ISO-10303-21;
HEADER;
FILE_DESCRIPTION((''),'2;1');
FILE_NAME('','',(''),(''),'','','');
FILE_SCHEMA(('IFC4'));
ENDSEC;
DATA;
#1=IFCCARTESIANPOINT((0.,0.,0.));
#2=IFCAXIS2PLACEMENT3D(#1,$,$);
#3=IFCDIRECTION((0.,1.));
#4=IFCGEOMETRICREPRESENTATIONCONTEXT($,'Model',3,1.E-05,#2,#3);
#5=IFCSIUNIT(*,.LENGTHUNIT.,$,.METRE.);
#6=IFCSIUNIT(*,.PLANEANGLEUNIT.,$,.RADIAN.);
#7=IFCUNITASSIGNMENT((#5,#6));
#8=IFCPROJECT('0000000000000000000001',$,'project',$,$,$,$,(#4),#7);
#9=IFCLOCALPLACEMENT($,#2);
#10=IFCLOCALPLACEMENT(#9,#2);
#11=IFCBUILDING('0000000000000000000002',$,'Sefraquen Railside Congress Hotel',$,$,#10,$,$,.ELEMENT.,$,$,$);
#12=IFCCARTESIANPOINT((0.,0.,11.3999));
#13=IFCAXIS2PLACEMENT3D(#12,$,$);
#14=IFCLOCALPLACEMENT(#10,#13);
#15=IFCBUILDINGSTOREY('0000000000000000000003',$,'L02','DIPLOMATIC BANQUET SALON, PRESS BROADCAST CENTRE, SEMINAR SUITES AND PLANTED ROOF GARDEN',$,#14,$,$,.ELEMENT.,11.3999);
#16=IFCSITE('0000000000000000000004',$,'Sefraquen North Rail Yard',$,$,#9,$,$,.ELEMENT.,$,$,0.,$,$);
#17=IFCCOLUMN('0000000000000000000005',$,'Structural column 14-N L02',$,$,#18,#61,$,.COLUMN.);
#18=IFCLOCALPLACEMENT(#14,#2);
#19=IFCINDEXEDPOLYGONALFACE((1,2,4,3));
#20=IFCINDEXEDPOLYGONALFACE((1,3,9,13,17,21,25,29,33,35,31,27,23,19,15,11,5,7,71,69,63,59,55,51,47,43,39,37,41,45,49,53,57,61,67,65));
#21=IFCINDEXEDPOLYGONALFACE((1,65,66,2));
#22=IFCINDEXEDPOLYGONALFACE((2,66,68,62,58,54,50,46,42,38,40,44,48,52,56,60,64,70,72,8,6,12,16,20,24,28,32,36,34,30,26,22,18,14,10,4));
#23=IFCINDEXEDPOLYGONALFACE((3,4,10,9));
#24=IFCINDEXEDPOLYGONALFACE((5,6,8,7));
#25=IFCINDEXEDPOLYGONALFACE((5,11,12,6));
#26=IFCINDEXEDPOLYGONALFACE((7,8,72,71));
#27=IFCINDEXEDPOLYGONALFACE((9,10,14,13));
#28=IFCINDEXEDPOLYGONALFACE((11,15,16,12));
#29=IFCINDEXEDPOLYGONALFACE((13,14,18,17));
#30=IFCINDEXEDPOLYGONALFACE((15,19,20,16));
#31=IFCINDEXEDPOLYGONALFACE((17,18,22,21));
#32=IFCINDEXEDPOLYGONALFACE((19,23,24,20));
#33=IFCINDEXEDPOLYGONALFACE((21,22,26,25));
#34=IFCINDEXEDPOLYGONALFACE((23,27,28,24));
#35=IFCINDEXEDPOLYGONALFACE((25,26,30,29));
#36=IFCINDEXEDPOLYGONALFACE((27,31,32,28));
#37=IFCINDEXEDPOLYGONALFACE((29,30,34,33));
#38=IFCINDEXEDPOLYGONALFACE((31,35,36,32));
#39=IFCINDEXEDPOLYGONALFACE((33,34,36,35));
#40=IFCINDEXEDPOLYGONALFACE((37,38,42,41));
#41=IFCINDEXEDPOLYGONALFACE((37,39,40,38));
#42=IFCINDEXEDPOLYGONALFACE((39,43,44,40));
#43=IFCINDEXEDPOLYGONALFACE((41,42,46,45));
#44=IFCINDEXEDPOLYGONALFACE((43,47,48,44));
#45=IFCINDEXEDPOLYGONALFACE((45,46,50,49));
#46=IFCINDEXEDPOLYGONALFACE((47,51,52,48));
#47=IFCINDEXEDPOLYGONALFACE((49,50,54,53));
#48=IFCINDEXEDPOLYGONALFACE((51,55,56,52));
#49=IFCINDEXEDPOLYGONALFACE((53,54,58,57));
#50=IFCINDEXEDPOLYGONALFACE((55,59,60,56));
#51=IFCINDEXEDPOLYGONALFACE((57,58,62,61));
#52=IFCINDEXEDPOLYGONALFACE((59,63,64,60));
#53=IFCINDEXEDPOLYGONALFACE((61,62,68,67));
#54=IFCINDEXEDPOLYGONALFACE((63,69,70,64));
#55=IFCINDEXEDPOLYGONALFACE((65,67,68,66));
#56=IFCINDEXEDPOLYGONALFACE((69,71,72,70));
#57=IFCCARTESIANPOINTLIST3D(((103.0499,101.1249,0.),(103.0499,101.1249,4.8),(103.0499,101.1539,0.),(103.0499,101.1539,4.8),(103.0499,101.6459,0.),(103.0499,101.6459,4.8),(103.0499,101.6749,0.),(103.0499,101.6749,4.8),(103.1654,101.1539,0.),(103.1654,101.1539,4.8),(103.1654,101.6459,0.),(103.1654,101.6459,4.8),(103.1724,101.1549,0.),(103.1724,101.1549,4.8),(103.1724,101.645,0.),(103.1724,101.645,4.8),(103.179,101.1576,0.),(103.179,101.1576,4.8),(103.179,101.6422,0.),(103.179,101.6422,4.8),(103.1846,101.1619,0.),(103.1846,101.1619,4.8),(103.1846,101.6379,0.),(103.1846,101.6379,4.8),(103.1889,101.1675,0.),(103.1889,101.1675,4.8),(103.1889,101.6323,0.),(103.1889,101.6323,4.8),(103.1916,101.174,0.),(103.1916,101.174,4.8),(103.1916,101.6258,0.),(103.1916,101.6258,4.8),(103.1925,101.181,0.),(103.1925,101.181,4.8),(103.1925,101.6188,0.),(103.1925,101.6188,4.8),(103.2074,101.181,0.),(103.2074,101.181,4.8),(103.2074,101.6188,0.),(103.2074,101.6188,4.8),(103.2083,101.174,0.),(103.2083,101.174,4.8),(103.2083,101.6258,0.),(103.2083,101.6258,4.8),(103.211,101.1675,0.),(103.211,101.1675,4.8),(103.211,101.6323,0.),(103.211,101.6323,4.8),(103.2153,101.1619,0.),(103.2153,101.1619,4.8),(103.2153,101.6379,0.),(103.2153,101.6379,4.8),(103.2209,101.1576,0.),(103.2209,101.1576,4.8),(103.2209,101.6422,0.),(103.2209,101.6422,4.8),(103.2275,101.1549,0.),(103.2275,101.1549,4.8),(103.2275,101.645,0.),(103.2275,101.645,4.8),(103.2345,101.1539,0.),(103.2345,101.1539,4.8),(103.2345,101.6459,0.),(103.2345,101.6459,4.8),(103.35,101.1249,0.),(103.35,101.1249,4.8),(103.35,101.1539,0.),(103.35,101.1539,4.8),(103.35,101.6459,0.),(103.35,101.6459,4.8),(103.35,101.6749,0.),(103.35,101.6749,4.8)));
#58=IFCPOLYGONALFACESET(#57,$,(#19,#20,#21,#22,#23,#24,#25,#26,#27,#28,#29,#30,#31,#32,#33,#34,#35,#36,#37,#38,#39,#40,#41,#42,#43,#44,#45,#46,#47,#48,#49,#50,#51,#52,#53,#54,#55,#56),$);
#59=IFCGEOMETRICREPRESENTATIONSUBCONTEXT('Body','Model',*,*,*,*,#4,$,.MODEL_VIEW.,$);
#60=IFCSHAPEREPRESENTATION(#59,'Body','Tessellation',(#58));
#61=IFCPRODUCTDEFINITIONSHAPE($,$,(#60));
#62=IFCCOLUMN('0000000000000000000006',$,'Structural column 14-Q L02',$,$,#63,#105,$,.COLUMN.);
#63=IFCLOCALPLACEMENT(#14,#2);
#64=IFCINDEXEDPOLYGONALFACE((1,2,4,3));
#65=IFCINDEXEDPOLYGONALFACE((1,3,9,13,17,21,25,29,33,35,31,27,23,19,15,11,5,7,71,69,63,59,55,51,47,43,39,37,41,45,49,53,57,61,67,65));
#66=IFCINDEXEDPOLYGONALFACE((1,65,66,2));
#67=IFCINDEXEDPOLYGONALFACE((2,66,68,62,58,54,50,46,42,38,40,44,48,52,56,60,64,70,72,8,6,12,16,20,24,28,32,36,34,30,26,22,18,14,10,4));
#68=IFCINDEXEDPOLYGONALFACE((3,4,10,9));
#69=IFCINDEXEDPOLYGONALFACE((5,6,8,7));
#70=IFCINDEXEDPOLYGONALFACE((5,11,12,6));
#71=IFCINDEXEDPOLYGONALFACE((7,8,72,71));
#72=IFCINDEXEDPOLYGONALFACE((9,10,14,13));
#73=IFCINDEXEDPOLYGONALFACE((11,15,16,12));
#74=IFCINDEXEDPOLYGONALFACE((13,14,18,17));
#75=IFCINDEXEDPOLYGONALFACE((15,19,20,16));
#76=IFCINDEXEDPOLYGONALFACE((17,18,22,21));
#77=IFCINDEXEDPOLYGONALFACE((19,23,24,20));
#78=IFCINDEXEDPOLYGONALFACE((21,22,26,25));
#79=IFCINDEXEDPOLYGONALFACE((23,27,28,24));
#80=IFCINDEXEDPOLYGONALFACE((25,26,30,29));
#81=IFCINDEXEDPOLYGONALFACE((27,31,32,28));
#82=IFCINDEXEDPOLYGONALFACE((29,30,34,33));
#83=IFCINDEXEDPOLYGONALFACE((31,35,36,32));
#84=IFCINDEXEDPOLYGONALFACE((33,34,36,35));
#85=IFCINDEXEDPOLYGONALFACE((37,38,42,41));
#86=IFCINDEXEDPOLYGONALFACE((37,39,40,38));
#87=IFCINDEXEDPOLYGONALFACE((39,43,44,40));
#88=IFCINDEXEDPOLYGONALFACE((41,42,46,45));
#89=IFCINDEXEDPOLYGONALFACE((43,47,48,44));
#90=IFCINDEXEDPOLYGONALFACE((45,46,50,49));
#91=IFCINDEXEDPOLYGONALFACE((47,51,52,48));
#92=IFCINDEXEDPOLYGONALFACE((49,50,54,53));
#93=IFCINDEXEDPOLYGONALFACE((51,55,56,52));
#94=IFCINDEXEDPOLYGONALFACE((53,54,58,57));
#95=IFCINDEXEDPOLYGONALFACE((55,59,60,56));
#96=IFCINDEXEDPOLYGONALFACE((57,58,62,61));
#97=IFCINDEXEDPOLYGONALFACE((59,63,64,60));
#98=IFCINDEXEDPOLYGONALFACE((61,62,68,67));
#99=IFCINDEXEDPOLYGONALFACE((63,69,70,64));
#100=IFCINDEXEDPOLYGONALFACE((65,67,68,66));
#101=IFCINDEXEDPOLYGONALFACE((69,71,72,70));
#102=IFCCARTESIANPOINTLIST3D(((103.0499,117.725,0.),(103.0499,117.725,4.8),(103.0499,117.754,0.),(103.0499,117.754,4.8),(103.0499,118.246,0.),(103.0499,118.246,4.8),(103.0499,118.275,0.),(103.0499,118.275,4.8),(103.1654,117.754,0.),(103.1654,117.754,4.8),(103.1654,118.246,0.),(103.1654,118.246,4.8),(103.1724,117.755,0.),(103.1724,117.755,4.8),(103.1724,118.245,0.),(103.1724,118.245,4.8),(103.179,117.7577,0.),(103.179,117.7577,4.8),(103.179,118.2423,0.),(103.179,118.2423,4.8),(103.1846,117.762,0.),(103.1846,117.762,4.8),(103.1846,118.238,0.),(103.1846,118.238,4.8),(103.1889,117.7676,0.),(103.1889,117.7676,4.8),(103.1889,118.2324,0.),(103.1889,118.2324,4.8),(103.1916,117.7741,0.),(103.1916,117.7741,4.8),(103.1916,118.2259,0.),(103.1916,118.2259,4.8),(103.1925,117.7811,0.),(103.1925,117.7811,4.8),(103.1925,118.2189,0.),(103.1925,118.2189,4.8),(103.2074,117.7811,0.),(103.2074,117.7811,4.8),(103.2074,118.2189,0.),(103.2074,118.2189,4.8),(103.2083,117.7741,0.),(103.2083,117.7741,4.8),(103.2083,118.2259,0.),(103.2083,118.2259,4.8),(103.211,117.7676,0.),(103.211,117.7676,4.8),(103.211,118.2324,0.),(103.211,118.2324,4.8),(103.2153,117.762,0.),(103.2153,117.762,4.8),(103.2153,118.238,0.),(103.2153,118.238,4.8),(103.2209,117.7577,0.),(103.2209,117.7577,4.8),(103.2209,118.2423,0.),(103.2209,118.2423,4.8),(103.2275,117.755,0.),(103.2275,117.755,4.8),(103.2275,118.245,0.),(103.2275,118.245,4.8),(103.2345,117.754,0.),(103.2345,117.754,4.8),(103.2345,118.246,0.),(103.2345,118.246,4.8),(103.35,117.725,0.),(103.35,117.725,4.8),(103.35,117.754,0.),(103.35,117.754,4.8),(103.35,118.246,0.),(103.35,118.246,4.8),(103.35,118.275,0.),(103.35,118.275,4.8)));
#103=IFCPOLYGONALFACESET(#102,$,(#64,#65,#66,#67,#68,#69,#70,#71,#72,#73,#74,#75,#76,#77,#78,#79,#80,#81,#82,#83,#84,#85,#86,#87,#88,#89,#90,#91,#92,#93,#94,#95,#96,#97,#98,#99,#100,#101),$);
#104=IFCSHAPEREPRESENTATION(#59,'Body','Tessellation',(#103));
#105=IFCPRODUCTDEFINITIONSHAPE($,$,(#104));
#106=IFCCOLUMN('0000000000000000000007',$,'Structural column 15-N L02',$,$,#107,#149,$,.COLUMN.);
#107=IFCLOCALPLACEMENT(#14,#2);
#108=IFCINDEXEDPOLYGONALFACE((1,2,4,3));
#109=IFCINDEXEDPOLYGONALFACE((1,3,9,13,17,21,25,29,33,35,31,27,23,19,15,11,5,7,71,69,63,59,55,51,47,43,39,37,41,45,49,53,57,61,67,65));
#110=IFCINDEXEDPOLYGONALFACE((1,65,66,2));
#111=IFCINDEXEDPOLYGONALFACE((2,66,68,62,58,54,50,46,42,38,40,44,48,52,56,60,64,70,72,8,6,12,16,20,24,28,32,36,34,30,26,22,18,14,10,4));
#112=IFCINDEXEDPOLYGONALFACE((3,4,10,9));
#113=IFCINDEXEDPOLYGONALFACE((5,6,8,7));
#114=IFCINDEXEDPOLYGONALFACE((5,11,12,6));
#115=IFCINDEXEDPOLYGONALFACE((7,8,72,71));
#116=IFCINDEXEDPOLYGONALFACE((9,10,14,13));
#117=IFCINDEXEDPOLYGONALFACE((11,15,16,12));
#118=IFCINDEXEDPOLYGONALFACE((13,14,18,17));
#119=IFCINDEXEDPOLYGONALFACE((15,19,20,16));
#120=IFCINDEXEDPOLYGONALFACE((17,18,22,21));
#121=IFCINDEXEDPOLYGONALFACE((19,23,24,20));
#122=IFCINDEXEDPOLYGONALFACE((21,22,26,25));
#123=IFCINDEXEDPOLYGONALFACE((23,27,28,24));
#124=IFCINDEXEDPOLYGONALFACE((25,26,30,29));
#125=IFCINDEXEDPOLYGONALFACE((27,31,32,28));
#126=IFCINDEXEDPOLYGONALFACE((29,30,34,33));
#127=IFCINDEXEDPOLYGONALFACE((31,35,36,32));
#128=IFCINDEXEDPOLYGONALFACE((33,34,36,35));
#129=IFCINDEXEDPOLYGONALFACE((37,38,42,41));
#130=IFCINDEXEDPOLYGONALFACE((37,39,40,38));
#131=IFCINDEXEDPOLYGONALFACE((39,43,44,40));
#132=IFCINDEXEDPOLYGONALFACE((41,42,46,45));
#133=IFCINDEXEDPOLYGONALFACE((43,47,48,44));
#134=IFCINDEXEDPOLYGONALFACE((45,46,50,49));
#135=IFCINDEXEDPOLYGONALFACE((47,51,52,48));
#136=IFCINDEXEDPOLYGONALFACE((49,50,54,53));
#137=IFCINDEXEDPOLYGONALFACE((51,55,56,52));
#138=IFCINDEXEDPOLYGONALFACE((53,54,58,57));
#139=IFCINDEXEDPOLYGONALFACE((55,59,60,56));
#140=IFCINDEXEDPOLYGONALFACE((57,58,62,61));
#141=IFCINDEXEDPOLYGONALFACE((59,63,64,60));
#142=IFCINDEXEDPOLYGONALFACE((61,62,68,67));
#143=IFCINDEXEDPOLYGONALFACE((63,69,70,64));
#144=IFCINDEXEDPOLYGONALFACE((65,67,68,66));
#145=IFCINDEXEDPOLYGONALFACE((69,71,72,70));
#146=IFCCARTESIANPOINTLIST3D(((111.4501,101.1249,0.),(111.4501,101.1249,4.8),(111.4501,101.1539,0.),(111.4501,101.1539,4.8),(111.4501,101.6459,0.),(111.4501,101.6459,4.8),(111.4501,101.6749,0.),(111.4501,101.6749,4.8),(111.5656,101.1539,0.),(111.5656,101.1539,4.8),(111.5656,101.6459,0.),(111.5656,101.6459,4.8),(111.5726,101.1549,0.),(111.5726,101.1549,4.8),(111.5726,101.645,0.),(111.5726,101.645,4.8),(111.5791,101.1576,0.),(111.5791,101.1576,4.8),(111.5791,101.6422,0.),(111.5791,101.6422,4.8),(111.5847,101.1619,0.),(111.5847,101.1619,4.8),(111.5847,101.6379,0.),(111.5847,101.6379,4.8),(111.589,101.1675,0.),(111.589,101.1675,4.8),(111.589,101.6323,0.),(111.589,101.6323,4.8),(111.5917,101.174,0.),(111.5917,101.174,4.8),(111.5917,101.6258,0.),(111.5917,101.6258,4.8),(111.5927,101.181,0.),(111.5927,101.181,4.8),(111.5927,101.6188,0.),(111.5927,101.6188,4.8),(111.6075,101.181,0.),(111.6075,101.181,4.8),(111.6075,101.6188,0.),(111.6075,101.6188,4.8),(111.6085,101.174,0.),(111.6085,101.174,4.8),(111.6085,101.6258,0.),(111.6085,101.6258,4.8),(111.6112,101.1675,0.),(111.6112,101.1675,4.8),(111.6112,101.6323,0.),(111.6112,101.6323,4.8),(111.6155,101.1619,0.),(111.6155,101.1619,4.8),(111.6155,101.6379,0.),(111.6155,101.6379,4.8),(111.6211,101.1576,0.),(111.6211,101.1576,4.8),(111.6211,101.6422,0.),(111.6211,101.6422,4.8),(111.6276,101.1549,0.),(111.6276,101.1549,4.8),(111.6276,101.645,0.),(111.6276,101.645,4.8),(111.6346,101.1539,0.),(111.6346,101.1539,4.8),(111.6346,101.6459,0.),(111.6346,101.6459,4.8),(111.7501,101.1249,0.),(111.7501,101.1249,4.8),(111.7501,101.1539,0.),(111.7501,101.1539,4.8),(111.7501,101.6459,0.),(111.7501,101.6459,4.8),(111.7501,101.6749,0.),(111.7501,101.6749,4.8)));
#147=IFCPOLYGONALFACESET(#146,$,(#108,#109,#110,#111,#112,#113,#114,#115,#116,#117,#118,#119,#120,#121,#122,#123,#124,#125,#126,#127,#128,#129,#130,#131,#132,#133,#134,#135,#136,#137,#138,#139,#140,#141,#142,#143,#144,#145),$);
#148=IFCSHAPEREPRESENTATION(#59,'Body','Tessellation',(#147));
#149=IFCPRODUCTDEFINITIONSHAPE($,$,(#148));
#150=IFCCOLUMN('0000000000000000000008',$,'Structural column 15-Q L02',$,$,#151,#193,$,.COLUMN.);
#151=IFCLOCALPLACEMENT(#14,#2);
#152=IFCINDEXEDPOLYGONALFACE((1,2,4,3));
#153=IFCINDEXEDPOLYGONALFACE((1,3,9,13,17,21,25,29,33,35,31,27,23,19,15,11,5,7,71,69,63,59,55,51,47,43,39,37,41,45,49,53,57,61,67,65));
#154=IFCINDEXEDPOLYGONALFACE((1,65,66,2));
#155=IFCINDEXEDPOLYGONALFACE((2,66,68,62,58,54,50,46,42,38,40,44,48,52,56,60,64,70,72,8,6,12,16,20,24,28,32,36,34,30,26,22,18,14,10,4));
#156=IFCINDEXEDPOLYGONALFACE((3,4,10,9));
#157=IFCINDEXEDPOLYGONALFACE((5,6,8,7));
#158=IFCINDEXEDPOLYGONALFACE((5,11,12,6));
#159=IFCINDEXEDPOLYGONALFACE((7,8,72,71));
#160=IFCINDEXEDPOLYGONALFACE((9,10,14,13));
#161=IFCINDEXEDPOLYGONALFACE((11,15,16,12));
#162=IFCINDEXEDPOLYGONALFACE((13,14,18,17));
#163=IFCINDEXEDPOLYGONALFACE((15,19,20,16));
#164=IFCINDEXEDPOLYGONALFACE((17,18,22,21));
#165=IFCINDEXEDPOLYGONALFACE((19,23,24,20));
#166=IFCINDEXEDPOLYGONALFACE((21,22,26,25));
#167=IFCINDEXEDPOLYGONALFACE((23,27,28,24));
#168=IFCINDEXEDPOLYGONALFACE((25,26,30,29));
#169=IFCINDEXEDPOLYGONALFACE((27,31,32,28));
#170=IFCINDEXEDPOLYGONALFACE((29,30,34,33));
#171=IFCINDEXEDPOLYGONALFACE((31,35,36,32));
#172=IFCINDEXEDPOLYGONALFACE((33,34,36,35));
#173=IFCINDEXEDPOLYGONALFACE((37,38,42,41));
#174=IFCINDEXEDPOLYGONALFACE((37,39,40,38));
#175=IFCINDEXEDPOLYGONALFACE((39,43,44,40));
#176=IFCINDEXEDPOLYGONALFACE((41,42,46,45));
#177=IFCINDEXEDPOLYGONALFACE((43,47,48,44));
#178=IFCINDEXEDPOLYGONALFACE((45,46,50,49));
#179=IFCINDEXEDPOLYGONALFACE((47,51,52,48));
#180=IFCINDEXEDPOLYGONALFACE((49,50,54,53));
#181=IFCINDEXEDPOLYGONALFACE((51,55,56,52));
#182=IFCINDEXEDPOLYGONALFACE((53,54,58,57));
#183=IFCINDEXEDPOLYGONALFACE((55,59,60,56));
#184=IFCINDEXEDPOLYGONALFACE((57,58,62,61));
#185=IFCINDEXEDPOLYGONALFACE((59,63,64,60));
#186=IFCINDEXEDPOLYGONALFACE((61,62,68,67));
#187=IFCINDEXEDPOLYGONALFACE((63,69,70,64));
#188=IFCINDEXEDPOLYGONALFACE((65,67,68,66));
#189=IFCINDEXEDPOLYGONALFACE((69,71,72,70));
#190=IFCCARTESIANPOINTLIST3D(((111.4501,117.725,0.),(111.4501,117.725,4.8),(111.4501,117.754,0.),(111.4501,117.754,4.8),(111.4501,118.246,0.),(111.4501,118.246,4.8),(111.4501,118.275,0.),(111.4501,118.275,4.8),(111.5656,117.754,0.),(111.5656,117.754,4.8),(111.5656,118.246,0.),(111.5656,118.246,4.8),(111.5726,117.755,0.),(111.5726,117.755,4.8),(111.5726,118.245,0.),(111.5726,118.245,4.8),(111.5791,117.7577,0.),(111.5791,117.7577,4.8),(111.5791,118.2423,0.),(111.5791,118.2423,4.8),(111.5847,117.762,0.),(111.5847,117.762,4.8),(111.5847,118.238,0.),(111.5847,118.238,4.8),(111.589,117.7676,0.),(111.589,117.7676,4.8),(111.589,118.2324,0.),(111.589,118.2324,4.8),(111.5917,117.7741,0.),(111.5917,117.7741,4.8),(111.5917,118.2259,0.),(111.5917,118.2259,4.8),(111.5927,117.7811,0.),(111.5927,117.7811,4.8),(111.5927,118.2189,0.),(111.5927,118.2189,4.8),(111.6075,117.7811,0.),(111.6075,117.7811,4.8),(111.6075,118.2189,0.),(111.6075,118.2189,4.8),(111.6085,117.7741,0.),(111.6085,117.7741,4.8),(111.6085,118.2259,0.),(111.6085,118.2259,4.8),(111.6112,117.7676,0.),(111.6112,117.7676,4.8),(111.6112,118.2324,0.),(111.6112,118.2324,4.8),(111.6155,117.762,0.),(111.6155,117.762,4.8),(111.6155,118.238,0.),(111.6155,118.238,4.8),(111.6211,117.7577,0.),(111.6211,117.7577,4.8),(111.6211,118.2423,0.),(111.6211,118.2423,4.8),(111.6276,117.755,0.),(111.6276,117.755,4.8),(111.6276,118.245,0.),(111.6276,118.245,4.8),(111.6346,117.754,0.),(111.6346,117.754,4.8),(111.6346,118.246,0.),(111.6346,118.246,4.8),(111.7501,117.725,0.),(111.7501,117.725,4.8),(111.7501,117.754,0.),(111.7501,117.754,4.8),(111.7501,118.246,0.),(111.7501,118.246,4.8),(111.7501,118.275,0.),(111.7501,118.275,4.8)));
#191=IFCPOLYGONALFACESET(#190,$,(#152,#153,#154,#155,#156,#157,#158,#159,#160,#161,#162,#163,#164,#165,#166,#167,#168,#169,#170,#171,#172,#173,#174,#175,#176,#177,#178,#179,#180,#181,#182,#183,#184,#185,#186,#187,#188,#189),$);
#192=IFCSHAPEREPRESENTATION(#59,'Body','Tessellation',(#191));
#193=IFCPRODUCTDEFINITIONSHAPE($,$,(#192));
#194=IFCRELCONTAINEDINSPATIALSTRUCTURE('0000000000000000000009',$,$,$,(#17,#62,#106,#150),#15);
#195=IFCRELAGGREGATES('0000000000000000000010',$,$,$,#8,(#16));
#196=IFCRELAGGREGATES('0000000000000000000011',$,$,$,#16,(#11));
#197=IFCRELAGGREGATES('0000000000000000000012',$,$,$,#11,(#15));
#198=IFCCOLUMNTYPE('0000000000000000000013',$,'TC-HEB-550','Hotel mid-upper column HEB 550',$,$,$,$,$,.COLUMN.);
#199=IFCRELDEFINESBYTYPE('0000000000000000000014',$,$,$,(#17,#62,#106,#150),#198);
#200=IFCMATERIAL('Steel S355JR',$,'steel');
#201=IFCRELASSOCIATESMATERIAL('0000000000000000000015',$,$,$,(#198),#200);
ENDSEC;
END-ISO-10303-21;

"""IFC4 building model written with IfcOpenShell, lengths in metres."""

from ifc_helpers import new_model, si_unit, direction, frame, origin, origin_2d, place, context, subcontext, project, spatial, i_section, extrude, material, material_profile, profile_set, type_object, element, save


model = new_model("IFC4")

# Units and contexts
model_context = context("Model", 3, precision=1e-05, world=origin(), true_north=direction((0.0, 1.0)))
body_context = subcontext(model_context, "Body", "Model", "MODEL_VIEW")
ifc_project = project(units=[si_unit("LENGTHUNIT", "METRE"), si_unit("PLANEANGLEUNIT", "RADIAN")], contexts=[model_context])

# Site, building, storey
site_placement = place(None, origin())
site = spatial("IfcSite", under=ifc_project, at=site_placement, Name="Sefraquen North Rail Yard", CompositionType="ELEMENT", RefElevation=0.0)
building_placement = place(site_placement, origin())
building = spatial("IfcBuilding", under=site, at=building_placement, Name="Sefraquen Railside Congress Hotel", CompositionType="ELEMENT")
storey_placement = place(building_placement, frame((0.0, 0.0, 11.3999)))
storey = spatial("IfcBuildingStorey", under=building, at=storey_placement, Name="L02", Description="DIPLOMATIC BANQUET SALON, PRESS BROADCAST CENTRE, SEMINAR SUITES AND PLANTED ROOF GARDEN", CompositionType="ELEMENT", Elevation=11.3999)

# Columns
ifc_material = material(Name="Steel S355JR", Category="steel")
ifc_material_profile_1 = material_profile(ifc_material, i_section(OverallWidth=0.3, OverallDepth=0.55, WebThickness=0.0149, FlangeThickness=0.0291, FilletRadius=0.0271, at=origin_2d()), Name="HEB 550")
ifc_profile_set_1 = profile_set([ifc_material_profile_1], Name="Steel S355JR")
column_type_1 = type_object("IfcColumnType", Name="TC-HEB-550", Description="Hotel mid-upper column HEB 550", PredefinedType="COLUMN", material=ifc_profile_set_1)
for number, where, z_axis, x_axis, name in (
    (1, (103.2, 101.3999, 0.0), (0.0, 0.0, 1.0), (1.0, 0.0, 0.0), "Structural column 14-N L02"),
    (2, (103.2, 118.0, 0.0), (0.0, 0.0, 1.0), (1.0, 0.0, 0.0), "Structural column 14-Q L02"),
    (3, (111.6001, 101.3999, 0.0), (0.0, 0.0, 1.0), (1.0, 0.0, 0.0), "Structural column 15-N L02"),
    (4, (111.6001, 118.0, 0.0), (0.0, 0.0, 1.0), (1.0, 0.0, 0.0), "Structural column 15-Q L02"),
):
    element("IfcColumn", number, at=place(storey_placement, frame(where, z_axis=z_axis, x_axis=x_axis)), inside=storey, type_object=column_type_1, Name=name, PredefinedType="COLUMN", context=body_context, shape_type="SweptSolid", body=[
        extrude(i_section(OverallWidth=0.3, OverallDepth=0.55, WebThickness=0.0149, FlangeThickness=0.0291, FilletRadius=0.0271, at=origin_2d()), origin(), (0.0, 0.0, 1.0), 4.8),
    ])

save(model, "model.ifc")
